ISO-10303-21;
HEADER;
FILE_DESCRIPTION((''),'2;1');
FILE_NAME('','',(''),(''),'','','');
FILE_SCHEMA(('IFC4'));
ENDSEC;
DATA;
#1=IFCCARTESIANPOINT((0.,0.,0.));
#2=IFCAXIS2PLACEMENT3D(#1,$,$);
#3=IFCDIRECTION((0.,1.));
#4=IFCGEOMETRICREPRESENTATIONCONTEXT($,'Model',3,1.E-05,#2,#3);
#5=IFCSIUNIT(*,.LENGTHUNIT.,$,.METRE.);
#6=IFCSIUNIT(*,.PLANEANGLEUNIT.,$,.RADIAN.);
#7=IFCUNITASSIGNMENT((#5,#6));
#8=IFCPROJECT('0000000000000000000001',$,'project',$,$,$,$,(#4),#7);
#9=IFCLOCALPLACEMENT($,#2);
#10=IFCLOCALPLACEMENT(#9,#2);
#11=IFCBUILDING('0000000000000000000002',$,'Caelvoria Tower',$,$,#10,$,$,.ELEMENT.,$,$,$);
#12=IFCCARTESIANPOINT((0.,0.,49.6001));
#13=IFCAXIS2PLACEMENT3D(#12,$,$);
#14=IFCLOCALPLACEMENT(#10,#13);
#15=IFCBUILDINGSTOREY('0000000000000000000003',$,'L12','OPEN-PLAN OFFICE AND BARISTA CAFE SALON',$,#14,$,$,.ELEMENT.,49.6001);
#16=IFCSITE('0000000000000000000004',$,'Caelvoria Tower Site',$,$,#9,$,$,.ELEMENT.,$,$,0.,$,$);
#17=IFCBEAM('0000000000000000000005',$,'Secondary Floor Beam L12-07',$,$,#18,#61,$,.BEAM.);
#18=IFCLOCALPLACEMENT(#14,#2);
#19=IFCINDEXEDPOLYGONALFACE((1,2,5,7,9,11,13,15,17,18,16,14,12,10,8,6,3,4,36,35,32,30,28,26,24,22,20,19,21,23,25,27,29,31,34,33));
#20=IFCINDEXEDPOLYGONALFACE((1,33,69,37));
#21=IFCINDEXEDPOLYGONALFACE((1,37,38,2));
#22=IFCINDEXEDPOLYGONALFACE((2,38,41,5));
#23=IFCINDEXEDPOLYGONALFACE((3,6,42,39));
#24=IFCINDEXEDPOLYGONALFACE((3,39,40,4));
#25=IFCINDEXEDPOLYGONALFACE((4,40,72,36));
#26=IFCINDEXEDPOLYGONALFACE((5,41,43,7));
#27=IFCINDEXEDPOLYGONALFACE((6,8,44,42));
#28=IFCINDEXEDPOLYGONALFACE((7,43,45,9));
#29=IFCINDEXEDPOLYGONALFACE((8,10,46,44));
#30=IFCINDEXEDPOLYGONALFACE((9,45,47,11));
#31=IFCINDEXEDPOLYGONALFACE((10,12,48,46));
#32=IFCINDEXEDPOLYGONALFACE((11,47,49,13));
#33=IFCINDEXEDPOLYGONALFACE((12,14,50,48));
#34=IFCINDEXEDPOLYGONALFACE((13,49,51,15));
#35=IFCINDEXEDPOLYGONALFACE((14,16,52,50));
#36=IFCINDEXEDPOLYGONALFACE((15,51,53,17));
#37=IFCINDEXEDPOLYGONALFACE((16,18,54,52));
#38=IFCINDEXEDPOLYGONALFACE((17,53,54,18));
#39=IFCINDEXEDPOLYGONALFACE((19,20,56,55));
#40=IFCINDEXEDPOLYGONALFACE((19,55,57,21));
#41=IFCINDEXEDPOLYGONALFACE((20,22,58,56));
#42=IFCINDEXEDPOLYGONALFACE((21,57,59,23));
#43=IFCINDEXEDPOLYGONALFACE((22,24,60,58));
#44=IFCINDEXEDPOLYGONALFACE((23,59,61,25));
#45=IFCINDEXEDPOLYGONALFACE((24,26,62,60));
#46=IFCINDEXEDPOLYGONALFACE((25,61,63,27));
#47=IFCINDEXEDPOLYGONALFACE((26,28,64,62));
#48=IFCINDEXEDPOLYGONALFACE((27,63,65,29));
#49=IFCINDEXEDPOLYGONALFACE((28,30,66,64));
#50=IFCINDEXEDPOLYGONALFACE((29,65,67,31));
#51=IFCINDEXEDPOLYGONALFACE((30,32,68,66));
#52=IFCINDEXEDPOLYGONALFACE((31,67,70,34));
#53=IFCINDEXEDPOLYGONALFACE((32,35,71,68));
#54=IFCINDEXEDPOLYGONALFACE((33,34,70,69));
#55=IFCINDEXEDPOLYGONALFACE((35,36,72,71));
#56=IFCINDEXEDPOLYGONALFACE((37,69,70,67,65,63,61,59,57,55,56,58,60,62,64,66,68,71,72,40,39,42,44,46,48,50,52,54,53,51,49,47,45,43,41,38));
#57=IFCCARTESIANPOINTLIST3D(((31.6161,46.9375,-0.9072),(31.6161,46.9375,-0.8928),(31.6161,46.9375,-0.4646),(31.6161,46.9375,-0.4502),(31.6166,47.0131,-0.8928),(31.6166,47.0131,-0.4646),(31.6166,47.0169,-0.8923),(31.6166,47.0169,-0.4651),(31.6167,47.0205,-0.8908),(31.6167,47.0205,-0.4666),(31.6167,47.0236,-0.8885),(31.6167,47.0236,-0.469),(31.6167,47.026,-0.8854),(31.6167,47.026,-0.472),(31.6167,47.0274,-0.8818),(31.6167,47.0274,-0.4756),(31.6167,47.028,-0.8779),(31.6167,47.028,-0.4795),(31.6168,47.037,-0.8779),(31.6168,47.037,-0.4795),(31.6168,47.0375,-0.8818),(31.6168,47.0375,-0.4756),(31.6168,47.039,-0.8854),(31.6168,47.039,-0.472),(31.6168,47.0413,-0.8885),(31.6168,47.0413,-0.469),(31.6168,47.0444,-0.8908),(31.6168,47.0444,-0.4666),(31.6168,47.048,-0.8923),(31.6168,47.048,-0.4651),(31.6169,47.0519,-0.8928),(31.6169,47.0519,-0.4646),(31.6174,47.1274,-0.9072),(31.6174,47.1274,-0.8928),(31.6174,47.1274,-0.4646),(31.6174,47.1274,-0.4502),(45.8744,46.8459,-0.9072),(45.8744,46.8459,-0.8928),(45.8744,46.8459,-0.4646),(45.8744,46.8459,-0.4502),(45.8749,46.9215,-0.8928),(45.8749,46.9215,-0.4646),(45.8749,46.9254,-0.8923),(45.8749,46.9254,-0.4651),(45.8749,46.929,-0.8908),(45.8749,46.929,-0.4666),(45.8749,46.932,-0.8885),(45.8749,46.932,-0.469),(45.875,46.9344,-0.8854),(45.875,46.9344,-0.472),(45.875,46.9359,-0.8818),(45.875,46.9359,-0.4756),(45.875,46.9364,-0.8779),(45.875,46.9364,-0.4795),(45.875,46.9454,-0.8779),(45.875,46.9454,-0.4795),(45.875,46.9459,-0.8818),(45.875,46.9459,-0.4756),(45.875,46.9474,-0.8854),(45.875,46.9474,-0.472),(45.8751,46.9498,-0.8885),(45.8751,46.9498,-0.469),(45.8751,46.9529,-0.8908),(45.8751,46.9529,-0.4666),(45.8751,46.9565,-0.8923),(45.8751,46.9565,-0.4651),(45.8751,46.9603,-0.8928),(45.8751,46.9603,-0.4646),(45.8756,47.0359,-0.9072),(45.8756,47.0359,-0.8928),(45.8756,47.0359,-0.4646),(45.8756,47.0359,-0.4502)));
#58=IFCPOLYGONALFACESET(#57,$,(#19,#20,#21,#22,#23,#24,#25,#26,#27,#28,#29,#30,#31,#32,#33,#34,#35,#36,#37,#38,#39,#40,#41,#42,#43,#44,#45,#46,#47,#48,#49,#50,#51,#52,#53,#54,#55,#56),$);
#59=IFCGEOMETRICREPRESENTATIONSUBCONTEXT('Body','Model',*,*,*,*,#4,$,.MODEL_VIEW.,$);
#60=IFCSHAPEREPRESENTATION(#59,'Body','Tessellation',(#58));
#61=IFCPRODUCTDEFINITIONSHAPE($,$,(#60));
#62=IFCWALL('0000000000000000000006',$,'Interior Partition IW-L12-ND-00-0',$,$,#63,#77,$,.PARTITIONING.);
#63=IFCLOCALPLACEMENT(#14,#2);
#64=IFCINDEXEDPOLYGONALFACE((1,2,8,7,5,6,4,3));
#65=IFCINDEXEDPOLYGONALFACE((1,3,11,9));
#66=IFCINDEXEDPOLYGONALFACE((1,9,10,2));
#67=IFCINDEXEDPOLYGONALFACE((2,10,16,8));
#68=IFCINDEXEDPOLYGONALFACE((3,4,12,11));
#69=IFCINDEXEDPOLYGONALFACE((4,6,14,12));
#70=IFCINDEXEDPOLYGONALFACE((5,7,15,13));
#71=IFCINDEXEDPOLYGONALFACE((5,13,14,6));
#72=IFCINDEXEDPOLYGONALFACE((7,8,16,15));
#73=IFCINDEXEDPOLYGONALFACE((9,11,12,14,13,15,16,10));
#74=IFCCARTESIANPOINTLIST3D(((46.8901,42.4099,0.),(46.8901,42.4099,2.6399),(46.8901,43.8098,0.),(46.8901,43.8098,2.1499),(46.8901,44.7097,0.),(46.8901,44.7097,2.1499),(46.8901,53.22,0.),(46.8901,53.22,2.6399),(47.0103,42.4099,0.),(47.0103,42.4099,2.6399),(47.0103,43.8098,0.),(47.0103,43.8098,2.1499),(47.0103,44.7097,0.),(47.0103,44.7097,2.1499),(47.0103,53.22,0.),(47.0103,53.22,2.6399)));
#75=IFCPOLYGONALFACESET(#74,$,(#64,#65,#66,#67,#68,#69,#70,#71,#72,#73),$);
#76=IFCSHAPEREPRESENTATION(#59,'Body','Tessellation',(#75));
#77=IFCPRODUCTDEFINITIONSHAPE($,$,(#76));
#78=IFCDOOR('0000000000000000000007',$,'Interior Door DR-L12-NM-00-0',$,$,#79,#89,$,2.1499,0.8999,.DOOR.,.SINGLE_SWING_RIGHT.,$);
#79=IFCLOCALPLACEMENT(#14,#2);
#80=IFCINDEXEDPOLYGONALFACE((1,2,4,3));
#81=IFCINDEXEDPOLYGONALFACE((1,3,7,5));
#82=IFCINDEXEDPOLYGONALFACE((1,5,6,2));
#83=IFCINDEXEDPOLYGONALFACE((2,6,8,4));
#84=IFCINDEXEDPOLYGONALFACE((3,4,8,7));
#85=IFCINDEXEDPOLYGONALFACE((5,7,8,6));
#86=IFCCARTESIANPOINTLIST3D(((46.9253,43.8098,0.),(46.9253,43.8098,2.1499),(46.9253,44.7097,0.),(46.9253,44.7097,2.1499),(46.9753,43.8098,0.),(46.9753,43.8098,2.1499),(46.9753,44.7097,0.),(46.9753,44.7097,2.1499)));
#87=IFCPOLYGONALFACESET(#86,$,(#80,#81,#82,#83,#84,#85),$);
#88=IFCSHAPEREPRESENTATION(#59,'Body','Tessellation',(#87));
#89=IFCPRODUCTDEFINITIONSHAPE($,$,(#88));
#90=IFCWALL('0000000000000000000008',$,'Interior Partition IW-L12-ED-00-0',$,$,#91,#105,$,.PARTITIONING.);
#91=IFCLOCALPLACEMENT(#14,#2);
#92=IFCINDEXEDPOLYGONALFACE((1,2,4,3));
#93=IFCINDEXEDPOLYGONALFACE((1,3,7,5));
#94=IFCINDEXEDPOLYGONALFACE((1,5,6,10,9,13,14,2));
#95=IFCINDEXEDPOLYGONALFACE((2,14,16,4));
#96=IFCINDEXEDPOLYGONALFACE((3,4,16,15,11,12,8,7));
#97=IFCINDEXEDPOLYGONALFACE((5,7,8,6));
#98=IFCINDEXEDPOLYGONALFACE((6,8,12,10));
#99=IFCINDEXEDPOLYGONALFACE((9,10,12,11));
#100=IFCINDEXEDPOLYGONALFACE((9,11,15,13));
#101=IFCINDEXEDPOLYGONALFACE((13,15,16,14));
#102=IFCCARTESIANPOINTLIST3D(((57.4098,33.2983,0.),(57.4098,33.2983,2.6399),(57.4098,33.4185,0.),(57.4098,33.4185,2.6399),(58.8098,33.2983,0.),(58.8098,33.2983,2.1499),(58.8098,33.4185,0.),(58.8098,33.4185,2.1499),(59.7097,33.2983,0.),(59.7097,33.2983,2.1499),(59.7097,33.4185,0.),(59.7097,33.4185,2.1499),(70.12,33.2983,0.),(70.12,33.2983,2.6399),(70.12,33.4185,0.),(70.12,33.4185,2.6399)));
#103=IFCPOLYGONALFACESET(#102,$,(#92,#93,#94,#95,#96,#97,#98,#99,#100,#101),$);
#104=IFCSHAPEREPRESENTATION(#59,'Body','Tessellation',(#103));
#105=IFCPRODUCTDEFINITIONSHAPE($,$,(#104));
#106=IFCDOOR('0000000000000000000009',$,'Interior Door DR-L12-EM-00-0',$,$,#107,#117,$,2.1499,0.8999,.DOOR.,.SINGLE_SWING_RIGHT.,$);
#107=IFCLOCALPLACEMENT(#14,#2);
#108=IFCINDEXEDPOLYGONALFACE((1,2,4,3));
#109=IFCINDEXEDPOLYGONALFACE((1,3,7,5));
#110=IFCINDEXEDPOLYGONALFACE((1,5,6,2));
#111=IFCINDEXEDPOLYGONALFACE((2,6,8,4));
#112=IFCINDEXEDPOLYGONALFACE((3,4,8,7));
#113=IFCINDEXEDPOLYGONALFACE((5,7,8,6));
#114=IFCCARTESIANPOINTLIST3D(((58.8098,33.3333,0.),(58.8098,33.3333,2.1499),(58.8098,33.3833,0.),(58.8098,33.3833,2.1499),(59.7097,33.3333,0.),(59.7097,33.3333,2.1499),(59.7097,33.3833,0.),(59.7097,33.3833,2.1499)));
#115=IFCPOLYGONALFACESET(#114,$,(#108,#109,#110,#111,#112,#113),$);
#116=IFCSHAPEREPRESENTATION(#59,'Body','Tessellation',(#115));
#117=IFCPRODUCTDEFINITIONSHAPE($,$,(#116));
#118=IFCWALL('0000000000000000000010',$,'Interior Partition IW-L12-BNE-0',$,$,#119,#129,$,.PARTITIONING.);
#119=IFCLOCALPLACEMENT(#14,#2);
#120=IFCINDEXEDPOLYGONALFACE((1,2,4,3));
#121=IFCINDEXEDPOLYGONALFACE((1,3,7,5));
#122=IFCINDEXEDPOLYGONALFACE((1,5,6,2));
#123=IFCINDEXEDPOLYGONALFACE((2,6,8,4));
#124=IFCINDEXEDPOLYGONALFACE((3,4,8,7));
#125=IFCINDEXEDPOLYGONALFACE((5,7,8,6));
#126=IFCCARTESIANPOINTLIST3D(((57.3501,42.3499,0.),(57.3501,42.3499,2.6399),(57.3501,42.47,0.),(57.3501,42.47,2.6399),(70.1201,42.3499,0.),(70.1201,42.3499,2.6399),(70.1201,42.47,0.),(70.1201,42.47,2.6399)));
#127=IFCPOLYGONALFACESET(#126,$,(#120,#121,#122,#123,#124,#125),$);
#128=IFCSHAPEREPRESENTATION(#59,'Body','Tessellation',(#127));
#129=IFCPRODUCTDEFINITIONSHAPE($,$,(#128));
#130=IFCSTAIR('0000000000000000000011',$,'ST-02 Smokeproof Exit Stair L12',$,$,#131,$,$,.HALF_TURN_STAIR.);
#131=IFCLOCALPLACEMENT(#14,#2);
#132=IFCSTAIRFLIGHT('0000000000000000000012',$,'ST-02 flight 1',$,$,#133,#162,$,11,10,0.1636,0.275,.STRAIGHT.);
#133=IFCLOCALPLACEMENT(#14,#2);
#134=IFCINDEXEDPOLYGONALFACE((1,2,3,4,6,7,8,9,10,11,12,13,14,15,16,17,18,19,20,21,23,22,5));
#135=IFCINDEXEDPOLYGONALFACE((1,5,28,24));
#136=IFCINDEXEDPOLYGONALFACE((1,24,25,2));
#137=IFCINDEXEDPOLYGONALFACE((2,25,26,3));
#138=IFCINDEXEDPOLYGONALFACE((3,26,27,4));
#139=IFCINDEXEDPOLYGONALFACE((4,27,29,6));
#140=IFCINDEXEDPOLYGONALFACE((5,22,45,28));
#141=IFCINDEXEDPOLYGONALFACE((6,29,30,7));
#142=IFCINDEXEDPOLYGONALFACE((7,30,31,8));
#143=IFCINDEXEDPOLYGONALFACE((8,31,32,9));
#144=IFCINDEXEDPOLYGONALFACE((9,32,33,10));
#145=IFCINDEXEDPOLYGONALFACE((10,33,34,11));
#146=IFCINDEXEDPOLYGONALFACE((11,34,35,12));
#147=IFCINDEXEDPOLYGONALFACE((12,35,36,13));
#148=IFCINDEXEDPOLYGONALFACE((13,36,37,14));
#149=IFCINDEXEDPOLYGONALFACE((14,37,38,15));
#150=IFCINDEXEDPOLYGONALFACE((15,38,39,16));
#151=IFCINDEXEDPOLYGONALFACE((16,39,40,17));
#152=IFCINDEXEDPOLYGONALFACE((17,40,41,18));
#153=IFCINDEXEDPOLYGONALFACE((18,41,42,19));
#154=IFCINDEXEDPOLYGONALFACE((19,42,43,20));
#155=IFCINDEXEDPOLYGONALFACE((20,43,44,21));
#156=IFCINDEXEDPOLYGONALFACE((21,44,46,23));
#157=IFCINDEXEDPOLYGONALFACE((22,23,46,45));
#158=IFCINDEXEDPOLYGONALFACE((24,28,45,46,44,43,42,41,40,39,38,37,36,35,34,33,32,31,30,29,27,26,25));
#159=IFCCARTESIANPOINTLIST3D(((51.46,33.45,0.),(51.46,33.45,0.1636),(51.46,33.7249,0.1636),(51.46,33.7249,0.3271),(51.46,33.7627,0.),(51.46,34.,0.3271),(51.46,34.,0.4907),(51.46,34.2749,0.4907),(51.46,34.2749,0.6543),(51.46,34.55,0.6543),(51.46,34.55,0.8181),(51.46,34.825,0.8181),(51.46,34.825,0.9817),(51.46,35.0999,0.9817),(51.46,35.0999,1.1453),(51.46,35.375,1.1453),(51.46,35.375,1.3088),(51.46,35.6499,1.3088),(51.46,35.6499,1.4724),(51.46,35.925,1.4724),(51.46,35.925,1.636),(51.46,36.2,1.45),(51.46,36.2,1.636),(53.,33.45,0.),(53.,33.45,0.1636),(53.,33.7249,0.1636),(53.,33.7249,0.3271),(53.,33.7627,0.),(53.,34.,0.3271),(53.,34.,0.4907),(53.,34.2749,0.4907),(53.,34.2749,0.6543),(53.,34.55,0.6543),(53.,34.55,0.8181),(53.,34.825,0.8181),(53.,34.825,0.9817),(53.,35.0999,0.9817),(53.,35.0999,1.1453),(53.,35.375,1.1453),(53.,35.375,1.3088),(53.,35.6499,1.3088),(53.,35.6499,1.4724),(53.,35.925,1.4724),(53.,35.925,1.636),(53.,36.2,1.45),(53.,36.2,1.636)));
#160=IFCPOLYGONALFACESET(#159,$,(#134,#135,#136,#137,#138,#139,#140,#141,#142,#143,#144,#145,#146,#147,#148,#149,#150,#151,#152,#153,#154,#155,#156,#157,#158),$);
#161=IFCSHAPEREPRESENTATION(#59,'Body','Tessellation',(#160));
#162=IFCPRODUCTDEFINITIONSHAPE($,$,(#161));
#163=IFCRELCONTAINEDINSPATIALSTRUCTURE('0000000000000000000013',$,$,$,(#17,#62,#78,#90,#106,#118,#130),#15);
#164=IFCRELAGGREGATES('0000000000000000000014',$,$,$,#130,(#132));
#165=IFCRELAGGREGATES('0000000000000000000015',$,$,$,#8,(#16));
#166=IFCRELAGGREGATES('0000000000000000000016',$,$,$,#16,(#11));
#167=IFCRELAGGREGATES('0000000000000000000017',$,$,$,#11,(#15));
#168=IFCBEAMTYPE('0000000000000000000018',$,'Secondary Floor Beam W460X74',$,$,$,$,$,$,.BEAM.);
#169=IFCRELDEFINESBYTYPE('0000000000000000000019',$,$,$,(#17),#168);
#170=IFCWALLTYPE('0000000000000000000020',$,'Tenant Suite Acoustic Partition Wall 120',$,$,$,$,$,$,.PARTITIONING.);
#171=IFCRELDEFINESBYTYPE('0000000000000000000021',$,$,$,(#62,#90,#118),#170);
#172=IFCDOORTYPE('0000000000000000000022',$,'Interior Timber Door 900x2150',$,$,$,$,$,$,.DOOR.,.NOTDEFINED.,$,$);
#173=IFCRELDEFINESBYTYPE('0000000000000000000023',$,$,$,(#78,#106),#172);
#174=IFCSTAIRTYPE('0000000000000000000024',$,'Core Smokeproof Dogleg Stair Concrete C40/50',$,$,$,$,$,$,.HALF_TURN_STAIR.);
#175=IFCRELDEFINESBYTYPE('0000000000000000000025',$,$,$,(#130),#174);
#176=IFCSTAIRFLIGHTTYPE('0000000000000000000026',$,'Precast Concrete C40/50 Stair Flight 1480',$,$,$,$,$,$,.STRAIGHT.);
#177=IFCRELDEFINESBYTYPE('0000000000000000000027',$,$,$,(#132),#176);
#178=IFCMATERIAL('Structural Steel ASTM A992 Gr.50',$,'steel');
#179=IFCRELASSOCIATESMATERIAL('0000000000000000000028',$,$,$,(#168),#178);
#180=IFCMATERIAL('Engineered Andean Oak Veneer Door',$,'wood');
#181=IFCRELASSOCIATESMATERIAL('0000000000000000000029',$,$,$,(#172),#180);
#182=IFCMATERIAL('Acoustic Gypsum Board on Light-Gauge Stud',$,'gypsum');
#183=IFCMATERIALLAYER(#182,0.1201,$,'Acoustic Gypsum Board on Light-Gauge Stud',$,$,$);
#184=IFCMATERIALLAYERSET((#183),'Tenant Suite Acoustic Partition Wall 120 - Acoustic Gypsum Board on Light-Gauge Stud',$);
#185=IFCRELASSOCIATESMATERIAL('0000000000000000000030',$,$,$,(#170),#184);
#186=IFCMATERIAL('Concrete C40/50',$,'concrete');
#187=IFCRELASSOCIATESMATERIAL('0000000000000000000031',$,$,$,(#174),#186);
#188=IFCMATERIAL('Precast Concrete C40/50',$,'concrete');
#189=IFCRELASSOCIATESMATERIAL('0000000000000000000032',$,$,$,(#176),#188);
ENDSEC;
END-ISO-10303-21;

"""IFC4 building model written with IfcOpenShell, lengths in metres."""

from ifc_helpers import new_model, si_unit, direction, frame, frame_2d, origin, origin_2d, place, context, subcontext, project, spatial, polyline, rectangle, i_section, outline, extrude, material, layer, layer_set, material_profile, profile_set, type_object, element, fill, aggregate, save


model = new_model("IFC4")

# Units and contexts
model_context = context("Model", 3, precision=1e-05, world=origin(), true_north=direction((0.0, 1.0)))
body_context = subcontext(model_context, "Body", "Model", "MODEL_VIEW")
ifc_project = project(units=[si_unit("LENGTHUNIT", "METRE"), si_unit("PLANEANGLEUNIT", "RADIAN")], contexts=[model_context])

# Site, building, storey
site_placement = place(None, origin())
site = spatial("IfcSite", under=ifc_project, at=site_placement, Name="Caelvoria Tower Site", CompositionType="ELEMENT", RefElevation=0.0)
building_placement = place(site_placement, origin())
building = spatial("IfcBuilding", under=site, at=building_placement, Name="Caelvoria Tower", CompositionType="ELEMENT")
storey_placement = place(building_placement, frame((0.0, 0.0, 49.6001)))
storey = spatial("IfcBuildingStorey", under=building, at=storey_placement, Name="L12", Description="OPEN-PLAN OFFICE AND BARISTA CAFE SALON", CompositionType="ELEMENT", Elevation=49.6001)

# Beam
ifc_material_1 = material(Name="Structural Steel ASTM A992 Gr.50", Category="steel")
ifc_material_profile_1 = material_profile(ifc_material_1, i_section(OverallWidth=0.1899, OverallDepth=0.457, WebThickness=0.009, FlangeThickness=0.0144, FilletRadius=0.0149, at=origin_2d()), Name="Structural Steel ASTM A992 Gr.50")
ifc_profile_set_1 = profile_set([ifc_material_profile_1], Name="W460X74 - Structural Steel ASTM A992 Gr.50")
beam_type_1 = type_object("IfcBeamType", Name="Secondary Floor Beam W460X74", PredefinedType="BEAM", material=ifc_profile_set_1)
for number, where, z_axis, x_axis, name in (
    (1, (45.875, 46.9409, -0.6787), (-0.999979, 0.006421, 0.0), (-0.006421, -0.999979, 0.0), "Secondary Floor Beam L12-07"),
):
    element("IfcBeam", number, at=place(storey_placement, frame(where, z_axis=z_axis, x_axis=x_axis)), inside=storey, type_object=beam_type_1, Name=name, PredefinedType="BEAM", context=body_context, shape_type="SweptSolid", body=[
        extrude(i_section(OverallWidth=0.1899, OverallDepth=0.457, WebThickness=0.009, FlangeThickness=0.0144, FilletRadius=0.0149, at=origin_2d()), origin(), (0.0, 0.0, 1.0), 14.2585),
    ])

# Walls, openings, doors
ifc_material_2 = material(Name="Engineered Andean Oak Veneer Door", Category="wood")
door_type = type_object("IfcDoorType", Name="Interior Timber Door 900x2150", OperationType="NOTDEFINED", PredefinedType="DOOR", material=ifc_material_2)
ifc_material_3 = material(Name="Acoustic Gypsum Board on Light-Gauge Stud", Category="gypsum")
ifc_layer_1 = layer(ifc_material_3, 0.1201, Name="Acoustic Gypsum Board on Light-Gauge Stud")
ifc_layer_set_1 = layer_set([ifc_layer_1], Name="Tenant Suite Acoustic Partition Wall 120 - Acoustic Gypsum Board on Light-Gauge Stud")
wall_type_1 = type_object("IfcWallType", Name="Tenant Suite Acoustic Partition Wall 120", PredefinedType="PARTITIONING", material=ifc_layer_set_1)
wall_1_placement = place(storey_placement, frame((46.9502, 42.4099, 0.0), z_axis=(0.0, 0.0, 1.0), x_axis=(0.0, 1.0, 0.0)))
wall_1 = element("IfcWall", 2, at=wall_1_placement, inside=storey, type_object=wall_type_1, Name="Interior Partition IW-L12-ND-00-0", PredefinedType="PARTITIONING", context=body_context, shape_type="SweptSolid", body=[
    extrude(rectangle(XDim=10.8101, YDim=0.1201, at=frame_2d((5.405, 0.0))), origin(), (0.0, 0.0, 1.0), 2.6399),
])
opening_1_placement = place(wall_1_placement, frame((1.3999, 0.0, 0.0)))
opening_1 = element("IfcOpeningElement", 3, at=opening_1_placement, cuts=wall_1, PredefinedType="OPENING", context=body_context, shape_type="SweptSolid", body=[
    extrude(rectangle(XDim=0.8999, YDim=2.1499, at=frame_2d((0.45, 1.075))), frame((0.0, 0.0701, 0.0), z_axis=(0.0, -1.0, 0.0), x_axis=(1.0, 0.0, 0.0)), (0.0, 0.0, 1.0), 0.1401),
])
door_1_placement = place(opening_1_placement, origin())
door_1 = element("IfcDoor", 4, at=door_1_placement, inside=storey, type_object=door_type, Name="Interior Door DR-L12-NM-00-0", OperationType="SINGLE_SWING_RIGHT", OverallHeight=2.1499, OverallWidth=0.8999, PredefinedType="DOOR", context=body_context, shape_type="SweptSolid", body=[
    extrude(rectangle(XDim=0.8999, YDim=2.1499, at=frame_2d((0.45, 1.075))), frame((0.0, 0.0249, 0.0), z_axis=(0.0, -1.0, 0.0), x_axis=(1.0, 0.0, 0.0)), (0.0, 0.0, 1.0), 0.05),
])
fill(opening_1, door_1)
wall_2_placement = place(storey_placement, frame((57.4099, 33.3584, 0.0), z_axis=(0.0, 0.0, 1.0), x_axis=(1.0, 0.0, 0.0)))
wall_2 = element("IfcWall", 5, at=wall_2_placement, inside=storey, type_object=wall_type_1, Name="Interior Partition IW-L12-ED-00-0", PredefinedType="PARTITIONING", context=body_context, shape_type="SweptSolid", body=[
    extrude(rectangle(XDim=12.7102, YDim=0.1201, at=frame_2d((6.355, 0.0))), origin(), (0.0, 0.0, 1.0), 2.6399),
])
opening_2_placement = place(wall_2_placement, frame((1.3999, 0.0, 0.0)))
opening_2 = element("IfcOpeningElement", 6, at=opening_2_placement, cuts=wall_2, PredefinedType="OPENING", context=body_context, shape_type="SweptSolid", body=[
    extrude(rectangle(XDim=0.8999, YDim=2.1499, at=frame_2d((0.45, 1.075))), frame((0.0, 0.0701, 0.0), z_axis=(0.0, -1.0, 0.0), x_axis=(1.0, 0.0, 0.0)), (0.0, 0.0, 1.0), 0.1401),
])
door_2_placement = place(opening_2_placement, origin())
door_2 = element("IfcDoor", 7, at=door_2_placement, inside=storey, type_object=door_type, Name="Interior Door DR-L12-EM-00-0", OperationType="SINGLE_SWING_RIGHT", OverallHeight=2.1499, OverallWidth=0.8999, PredefinedType="DOOR", context=body_context, shape_type="SweptSolid", body=[
    extrude(rectangle(XDim=0.8999, YDim=2.1499, at=frame_2d((0.45, 1.075))), frame((0.0, 0.0249, 0.0), z_axis=(0.0, -1.0, 0.0), x_axis=(1.0, 0.0, 0.0)), (0.0, 0.0, 1.0), 0.05),
])
fill(opening_2, door_2)

# Wall
wall_3_placement = place(storey_placement, frame((57.3501, 42.4099, 0.0), z_axis=(0.0, 0.0, 1.0), x_axis=(1.0, 0.0, 0.0)))
element("IfcWall", 8, at=wall_3_placement, inside=storey, type_object=wall_type_1, Name="Interior Partition IW-L12-BNE-0", PredefinedType="PARTITIONING", context=body_context, shape_type="SweptSolid", body=[
    extrude(rectangle(XDim=12.77, YDim=0.1201, at=frame_2d((6.385, 0.0))), origin(), (0.0, 0.0, 1.0), 2.6399),
])

# Stair, stair flight
ifc_material_4 = material(Name="Concrete C40/50", Category="concrete")
stair_type = type_object("IfcStairType", Name="Core Smokeproof Dogleg Stair Concrete C40/50", PredefinedType="HALF_TURN_STAIR", material=ifc_material_4)
stair_placement = place(storey_placement, origin())
stair = element("IfcStair", 9, at=stair_placement, inside=storey, type_object=stair_type, Name="ST-02 Smokeproof Exit Stair L12", PredefinedType="HALF_TURN_STAIR")
ifc_material_5 = material(Name="Precast Concrete C40/50", Category="concrete")
stair_flight_type = type_object("IfcStairFlightType", Name="Precast Concrete C40/50 Stair Flight 1480", PredefinedType="STRAIGHT", material=ifc_material_5)
stair_flight_1_placement = place(storey_placement, frame((52.23, 33.45, 0.0), z_axis=(0.0, 0.0, 1.0), x_axis=(0.0, 1.0, 0.0)))
stair_flight_1 = element("IfcStairFlight", 10, at=stair_flight_1_placement, type_object=stair_flight_type, Name="ST-02 flight 1", NumberOfRisers=11, NumberOfTreads=10, PredefinedType="STRAIGHT", RiserHeight=0.1636, TreadLength=0.275, context=body_context, shape_type="SweptSolid", body=[
    extrude(outline(polyline([(0.0, 0.0), (0.0, 0.1636), (0.2749, 0.1636), (0.2749, 0.3271), (0.55, 0.3271), (0.55, 0.4907), (0.825, 0.4907), (0.825, 0.6543), (1.1001, 0.6543), (1.1001, 0.8181), (1.375, 0.8181), (1.375, 0.9817), (1.6499, 0.9817), (1.6499, 1.1453), (1.925, 1.1453), (1.925, 1.3088), (2.2, 1.3088), (2.2, 1.4724), (2.4751, 1.4724), (2.4751, 1.636), (2.75, 1.636), (2.75, 1.7996), (2.75, 1.45), (0.3127, 0.0), (0.0, 0.0)])), frame((0.0, 0.77, 0.0), z_axis=(0.0, -1.0, 0.0), x_axis=(1.0, 0.0, 0.0)), (0.0, 0.0, 1.0), 1.54),
])
aggregate(stair, [stair_flight_1])

save(model, "model.ifc")
